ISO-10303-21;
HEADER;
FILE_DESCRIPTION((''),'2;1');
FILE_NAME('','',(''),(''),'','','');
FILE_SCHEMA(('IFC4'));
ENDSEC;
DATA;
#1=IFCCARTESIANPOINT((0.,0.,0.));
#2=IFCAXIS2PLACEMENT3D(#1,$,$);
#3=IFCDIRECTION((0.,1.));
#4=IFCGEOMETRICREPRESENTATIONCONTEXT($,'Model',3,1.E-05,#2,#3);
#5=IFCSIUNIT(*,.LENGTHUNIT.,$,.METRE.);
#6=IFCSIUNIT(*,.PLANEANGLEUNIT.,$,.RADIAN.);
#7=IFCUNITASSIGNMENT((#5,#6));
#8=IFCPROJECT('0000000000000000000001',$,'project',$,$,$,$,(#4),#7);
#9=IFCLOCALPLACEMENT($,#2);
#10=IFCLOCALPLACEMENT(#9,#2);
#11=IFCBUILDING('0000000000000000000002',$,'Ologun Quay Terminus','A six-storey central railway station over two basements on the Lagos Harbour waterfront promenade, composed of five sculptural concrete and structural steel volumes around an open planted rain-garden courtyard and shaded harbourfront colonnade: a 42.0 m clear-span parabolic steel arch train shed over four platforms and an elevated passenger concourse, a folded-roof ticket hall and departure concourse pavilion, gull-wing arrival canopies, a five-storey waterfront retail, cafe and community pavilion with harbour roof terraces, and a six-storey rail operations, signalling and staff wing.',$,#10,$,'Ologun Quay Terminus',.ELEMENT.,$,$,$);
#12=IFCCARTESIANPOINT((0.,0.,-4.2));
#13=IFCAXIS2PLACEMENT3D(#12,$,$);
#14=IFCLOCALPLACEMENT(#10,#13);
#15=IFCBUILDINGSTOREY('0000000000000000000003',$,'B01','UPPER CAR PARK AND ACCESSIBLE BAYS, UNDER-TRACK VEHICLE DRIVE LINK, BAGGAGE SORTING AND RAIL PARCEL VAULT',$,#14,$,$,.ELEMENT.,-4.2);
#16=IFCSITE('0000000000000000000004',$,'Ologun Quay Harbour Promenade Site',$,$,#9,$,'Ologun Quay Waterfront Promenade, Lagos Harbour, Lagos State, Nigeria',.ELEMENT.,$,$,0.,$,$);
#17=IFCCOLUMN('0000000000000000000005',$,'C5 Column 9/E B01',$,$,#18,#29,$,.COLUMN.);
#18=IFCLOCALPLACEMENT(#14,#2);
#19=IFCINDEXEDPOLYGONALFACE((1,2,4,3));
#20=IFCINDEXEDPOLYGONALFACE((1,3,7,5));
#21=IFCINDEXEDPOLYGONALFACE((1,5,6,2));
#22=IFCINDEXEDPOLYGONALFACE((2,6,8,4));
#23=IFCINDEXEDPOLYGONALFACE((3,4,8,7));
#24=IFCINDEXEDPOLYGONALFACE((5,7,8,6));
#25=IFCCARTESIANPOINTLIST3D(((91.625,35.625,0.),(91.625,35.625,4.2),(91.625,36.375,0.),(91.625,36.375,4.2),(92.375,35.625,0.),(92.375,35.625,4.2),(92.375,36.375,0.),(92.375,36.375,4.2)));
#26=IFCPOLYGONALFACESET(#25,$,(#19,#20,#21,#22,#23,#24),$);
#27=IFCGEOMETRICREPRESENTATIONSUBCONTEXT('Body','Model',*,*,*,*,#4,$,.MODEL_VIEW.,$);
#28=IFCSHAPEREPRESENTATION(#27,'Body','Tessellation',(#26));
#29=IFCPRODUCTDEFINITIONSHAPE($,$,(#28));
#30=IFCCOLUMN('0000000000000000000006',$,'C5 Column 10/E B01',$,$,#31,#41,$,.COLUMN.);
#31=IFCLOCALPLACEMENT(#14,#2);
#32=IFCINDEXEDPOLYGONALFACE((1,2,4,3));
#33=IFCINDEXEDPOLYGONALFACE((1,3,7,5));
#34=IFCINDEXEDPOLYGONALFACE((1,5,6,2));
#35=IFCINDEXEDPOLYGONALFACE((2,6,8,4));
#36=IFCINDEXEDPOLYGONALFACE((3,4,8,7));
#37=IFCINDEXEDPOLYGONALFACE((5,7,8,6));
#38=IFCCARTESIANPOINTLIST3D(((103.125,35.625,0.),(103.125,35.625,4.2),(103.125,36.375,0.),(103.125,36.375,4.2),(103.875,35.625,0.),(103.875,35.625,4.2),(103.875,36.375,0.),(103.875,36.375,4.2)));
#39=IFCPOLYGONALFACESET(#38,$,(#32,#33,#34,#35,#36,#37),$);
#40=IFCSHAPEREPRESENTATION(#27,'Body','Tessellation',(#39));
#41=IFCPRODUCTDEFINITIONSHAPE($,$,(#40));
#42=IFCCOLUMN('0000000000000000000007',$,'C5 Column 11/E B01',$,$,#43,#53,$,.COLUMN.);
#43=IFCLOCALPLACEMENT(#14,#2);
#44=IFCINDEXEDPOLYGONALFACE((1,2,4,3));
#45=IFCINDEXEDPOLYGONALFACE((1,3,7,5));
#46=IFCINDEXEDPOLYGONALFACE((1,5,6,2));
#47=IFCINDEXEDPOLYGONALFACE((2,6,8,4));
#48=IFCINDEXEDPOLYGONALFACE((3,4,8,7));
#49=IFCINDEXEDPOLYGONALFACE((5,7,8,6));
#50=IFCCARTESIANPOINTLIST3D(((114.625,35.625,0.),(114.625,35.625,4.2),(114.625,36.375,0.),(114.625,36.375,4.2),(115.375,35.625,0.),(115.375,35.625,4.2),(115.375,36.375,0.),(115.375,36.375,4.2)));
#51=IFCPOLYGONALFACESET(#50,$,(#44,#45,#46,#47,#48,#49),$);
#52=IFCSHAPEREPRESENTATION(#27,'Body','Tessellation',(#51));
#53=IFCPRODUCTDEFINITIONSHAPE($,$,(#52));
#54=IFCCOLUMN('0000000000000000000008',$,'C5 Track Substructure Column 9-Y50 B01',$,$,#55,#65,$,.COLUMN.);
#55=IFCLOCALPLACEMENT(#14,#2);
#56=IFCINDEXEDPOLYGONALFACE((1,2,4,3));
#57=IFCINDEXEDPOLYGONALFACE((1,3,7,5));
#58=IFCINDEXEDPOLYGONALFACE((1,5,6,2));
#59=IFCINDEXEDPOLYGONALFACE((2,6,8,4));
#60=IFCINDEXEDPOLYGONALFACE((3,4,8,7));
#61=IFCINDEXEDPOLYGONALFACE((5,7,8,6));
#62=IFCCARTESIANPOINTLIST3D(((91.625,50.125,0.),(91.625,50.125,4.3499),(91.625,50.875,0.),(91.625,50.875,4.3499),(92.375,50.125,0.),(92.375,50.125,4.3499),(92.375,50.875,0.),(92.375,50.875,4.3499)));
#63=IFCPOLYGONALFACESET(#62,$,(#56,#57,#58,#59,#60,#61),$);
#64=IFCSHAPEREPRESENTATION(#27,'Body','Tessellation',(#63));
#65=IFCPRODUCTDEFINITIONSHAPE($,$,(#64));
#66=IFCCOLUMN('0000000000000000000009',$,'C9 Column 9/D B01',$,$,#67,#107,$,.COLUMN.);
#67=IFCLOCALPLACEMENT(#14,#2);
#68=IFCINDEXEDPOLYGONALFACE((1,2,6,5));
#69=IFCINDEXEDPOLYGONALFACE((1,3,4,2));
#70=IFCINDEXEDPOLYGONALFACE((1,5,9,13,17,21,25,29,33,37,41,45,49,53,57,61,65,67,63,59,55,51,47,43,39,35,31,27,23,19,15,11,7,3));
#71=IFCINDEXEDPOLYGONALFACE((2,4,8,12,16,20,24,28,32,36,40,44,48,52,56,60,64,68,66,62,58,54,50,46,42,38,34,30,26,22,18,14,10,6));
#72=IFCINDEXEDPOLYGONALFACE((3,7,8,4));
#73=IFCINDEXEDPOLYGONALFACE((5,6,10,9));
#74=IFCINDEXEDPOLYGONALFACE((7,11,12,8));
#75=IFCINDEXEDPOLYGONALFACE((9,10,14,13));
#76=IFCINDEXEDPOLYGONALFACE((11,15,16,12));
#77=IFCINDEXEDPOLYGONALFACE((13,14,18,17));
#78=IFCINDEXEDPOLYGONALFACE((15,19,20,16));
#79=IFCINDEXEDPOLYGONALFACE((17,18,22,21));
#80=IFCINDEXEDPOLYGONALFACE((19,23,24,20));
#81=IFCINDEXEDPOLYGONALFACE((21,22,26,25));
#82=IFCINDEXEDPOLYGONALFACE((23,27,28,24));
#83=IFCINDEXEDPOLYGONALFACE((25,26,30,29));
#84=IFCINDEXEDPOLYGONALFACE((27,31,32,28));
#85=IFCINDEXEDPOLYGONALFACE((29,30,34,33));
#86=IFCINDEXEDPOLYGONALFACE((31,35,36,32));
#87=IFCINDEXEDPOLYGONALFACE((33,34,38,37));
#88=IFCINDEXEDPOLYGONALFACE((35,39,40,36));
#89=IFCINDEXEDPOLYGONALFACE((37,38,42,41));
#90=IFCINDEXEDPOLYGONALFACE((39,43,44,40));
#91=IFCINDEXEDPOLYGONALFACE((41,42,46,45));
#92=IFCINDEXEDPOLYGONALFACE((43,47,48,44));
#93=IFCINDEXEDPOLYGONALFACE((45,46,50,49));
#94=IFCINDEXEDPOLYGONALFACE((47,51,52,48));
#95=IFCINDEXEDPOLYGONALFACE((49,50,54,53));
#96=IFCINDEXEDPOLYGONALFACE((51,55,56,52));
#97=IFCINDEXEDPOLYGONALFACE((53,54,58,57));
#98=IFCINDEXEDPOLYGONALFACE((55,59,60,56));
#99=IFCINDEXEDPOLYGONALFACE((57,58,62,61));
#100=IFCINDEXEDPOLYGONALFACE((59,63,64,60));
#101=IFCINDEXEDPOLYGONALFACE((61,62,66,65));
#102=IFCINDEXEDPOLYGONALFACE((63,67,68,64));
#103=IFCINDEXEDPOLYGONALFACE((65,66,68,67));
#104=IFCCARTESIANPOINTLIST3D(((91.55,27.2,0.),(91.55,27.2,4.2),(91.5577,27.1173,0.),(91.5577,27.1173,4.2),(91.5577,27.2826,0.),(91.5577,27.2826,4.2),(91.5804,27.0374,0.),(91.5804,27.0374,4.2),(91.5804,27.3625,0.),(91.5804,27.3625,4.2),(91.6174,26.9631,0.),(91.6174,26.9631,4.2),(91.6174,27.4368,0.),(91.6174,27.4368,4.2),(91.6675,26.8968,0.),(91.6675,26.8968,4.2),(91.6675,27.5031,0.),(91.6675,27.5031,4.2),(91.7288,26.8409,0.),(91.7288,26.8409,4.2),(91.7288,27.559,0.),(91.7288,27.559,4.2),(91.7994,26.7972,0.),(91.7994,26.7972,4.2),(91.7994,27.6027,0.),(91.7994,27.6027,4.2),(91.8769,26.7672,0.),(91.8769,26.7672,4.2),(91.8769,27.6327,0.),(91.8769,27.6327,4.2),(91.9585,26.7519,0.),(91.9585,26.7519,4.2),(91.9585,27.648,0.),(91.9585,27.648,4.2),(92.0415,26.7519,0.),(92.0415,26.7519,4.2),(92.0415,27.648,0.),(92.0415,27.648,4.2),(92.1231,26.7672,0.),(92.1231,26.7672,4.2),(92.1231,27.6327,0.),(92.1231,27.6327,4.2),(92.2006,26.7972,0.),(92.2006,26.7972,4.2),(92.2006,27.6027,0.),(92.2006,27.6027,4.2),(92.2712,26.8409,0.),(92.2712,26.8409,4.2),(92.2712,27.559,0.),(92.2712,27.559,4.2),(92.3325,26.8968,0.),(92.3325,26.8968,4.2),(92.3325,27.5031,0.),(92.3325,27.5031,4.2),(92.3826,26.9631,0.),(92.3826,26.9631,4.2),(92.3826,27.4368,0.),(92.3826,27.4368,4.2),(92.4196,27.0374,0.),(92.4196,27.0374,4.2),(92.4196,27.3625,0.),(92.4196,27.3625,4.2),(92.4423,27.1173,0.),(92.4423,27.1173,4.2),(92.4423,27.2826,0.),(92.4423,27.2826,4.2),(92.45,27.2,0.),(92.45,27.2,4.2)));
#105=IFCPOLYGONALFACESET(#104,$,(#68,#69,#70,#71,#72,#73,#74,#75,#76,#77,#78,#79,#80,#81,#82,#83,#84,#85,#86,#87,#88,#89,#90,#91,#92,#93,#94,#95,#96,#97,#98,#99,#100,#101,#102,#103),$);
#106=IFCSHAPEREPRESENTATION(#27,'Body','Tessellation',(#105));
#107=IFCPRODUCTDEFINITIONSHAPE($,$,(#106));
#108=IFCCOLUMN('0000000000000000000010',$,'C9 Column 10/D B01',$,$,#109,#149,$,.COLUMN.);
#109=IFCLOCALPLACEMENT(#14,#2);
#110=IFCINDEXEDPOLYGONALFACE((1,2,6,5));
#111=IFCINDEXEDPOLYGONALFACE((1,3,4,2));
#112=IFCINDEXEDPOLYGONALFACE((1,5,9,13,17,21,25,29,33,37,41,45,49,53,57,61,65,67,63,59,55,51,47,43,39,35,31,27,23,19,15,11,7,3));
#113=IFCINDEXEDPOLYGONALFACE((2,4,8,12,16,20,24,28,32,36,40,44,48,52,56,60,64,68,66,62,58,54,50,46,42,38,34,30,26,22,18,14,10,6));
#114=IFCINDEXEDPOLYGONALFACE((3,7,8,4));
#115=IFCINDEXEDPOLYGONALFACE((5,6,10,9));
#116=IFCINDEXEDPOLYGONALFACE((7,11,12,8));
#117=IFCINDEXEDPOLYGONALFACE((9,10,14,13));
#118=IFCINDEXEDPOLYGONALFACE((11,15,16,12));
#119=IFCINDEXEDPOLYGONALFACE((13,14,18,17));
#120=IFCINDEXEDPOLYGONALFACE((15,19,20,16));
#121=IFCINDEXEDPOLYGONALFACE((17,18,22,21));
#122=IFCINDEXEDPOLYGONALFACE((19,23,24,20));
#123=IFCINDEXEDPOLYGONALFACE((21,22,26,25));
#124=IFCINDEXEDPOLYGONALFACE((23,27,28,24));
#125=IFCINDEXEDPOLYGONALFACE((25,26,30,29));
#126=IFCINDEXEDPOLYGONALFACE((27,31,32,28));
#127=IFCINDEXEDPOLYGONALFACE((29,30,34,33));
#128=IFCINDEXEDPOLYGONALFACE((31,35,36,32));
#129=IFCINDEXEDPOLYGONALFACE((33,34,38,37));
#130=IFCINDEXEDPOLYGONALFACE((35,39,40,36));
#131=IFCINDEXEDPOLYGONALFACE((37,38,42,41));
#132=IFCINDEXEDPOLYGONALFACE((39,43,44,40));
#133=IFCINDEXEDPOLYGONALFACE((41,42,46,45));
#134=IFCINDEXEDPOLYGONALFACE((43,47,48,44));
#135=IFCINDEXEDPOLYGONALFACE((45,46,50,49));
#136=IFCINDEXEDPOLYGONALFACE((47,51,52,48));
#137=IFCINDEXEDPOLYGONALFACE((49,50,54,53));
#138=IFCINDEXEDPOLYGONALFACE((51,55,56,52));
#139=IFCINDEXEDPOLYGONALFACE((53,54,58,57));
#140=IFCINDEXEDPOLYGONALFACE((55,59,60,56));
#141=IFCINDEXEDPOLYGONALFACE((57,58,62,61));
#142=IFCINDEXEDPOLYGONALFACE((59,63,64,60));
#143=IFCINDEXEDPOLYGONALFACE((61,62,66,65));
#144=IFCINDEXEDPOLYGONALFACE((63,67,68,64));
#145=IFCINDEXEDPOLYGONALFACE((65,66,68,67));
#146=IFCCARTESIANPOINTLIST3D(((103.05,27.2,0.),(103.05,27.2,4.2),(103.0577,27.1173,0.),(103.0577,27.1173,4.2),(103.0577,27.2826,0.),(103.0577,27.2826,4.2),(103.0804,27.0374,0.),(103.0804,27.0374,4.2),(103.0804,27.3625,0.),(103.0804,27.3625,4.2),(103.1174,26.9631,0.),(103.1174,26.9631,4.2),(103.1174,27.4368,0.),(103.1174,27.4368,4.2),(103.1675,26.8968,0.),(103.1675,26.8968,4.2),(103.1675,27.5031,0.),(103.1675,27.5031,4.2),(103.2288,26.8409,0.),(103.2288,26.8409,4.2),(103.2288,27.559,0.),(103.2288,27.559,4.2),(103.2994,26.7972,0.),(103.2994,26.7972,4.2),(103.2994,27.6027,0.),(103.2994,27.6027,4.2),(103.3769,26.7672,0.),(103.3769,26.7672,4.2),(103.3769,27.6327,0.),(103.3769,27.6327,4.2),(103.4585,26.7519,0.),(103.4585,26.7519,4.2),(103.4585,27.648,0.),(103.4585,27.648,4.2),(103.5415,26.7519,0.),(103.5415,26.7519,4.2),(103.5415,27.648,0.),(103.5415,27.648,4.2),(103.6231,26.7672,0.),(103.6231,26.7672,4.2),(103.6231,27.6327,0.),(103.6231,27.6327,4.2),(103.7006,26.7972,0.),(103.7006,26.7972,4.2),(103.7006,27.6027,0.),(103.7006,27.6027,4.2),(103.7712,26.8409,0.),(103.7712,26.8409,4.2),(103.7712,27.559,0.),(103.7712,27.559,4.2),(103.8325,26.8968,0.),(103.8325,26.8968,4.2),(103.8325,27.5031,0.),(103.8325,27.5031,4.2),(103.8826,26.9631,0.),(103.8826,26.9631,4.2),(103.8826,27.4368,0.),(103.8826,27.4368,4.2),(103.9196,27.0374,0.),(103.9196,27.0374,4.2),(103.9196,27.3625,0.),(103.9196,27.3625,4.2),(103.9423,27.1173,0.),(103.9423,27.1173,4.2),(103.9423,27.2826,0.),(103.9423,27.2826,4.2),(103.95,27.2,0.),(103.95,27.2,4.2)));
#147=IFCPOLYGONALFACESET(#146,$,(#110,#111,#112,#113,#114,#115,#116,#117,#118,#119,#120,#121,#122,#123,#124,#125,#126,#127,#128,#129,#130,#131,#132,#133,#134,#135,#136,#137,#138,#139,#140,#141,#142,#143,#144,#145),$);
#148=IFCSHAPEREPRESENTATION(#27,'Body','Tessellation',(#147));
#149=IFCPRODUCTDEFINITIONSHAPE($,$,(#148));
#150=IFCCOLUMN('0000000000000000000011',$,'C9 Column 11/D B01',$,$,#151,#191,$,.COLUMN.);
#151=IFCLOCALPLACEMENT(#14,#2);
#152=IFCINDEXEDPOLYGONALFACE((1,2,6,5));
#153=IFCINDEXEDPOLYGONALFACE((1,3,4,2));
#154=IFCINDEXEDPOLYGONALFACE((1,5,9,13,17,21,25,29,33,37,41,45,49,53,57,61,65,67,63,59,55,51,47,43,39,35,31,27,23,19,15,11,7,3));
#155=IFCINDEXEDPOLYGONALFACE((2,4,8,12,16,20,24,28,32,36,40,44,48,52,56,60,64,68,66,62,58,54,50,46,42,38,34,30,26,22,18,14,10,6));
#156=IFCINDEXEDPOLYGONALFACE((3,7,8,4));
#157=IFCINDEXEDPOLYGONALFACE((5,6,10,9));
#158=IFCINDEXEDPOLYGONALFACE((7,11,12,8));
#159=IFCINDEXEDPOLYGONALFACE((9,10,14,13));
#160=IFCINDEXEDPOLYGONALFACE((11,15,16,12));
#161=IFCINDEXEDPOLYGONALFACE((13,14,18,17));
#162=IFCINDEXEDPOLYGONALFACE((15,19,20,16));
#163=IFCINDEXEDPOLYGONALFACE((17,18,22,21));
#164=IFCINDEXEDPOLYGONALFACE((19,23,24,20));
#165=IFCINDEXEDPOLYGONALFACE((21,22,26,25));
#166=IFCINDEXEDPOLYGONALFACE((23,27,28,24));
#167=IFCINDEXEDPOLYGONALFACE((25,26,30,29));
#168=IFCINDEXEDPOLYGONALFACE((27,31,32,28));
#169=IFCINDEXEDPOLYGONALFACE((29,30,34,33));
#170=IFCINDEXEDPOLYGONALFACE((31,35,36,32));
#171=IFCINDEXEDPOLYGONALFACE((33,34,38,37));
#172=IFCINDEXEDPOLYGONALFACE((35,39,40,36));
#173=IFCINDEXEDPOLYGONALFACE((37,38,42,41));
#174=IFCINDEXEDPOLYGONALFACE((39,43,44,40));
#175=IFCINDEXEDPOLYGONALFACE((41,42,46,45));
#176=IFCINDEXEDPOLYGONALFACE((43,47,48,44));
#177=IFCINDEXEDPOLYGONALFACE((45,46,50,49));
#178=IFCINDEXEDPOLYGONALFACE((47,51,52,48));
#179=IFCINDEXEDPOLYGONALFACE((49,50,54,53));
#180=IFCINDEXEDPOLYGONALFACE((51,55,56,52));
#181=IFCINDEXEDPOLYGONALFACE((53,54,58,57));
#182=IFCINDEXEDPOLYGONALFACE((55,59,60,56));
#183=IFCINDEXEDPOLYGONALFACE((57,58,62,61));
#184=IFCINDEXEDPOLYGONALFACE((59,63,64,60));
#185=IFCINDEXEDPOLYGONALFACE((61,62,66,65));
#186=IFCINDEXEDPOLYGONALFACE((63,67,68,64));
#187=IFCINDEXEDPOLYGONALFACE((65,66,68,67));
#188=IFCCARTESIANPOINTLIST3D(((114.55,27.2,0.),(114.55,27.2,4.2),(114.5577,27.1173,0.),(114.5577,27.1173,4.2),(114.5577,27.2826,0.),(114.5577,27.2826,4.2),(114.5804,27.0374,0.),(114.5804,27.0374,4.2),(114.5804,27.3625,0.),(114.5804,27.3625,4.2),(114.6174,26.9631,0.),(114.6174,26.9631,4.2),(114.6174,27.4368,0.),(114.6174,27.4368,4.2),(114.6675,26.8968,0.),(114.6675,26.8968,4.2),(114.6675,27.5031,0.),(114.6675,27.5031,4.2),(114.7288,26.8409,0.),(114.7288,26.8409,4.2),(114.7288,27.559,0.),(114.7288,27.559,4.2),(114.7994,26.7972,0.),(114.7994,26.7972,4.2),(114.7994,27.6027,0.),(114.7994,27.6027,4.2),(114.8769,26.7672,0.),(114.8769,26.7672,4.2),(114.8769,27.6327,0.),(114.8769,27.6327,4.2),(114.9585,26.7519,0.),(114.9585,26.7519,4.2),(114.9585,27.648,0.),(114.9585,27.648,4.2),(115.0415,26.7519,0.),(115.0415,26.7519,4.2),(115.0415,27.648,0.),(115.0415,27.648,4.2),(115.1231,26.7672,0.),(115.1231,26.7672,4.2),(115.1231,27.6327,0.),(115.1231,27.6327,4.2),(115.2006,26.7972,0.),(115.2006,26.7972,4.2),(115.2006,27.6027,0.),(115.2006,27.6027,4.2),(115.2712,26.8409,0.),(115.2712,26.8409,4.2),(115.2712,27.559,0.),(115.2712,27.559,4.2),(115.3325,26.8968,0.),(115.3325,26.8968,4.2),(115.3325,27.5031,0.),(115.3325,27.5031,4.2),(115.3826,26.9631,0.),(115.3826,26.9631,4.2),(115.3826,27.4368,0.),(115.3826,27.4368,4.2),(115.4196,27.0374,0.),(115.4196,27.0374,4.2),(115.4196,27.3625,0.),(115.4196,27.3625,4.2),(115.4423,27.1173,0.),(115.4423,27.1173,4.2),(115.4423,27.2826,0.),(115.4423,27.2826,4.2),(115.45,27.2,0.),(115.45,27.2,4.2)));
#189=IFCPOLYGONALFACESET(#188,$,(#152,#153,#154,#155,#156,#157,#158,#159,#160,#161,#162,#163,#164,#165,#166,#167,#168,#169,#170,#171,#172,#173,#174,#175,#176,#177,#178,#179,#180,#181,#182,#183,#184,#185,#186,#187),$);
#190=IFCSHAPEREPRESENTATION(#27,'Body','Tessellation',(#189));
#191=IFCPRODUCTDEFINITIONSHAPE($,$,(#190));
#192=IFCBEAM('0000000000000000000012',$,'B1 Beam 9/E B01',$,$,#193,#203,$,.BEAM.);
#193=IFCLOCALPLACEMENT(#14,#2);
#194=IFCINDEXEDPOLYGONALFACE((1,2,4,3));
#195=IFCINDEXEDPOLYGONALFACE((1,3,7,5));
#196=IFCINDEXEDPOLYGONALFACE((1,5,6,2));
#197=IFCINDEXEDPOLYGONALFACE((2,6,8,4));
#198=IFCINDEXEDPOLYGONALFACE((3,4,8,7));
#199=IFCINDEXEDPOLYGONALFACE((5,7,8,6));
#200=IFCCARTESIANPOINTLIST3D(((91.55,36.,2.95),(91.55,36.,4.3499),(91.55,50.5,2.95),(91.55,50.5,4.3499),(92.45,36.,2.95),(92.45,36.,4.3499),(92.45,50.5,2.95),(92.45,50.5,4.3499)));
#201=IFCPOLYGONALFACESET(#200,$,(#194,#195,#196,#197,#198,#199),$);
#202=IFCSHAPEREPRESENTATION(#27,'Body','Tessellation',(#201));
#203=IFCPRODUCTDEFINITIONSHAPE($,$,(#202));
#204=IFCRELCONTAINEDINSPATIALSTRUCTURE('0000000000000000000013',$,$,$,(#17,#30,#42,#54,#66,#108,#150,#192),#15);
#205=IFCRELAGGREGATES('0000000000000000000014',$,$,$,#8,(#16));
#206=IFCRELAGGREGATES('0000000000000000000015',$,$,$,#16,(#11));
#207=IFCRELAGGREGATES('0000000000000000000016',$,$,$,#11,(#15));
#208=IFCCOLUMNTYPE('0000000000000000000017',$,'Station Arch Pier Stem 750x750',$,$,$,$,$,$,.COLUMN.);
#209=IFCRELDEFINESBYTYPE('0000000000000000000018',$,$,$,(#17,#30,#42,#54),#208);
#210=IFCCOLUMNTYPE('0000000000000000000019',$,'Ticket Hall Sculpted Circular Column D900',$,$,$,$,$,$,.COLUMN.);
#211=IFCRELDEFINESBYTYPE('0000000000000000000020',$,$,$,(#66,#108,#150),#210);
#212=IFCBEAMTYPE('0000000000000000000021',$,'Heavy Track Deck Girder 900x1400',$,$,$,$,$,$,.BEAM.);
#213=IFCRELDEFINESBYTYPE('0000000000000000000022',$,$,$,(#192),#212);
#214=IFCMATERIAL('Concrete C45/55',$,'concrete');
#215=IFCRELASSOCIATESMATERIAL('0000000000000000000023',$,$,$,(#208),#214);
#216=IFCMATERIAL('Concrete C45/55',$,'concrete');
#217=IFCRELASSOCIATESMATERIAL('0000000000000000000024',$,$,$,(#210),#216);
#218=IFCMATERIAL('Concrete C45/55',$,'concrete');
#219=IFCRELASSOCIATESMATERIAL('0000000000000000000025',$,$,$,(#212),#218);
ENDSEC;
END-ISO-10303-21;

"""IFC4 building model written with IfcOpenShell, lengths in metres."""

from ifc_helpers import new_model, si_unit, direction, frame, origin, origin_2d, place, context, subcontext, project, spatial, rectangle, circle, extrude, material, material_profile, profile_set, type_object, element, save


model = new_model("IFC4")

# Units and contexts
model_context = context("Model", 3, precision=1e-05, world=origin(), true_north=direction((0.0, 1.0)))
body_context = subcontext(model_context, "Body", "Model", "MODEL_VIEW")
ifc_project = project(units=[si_unit("LENGTHUNIT", "METRE"), si_unit("PLANEANGLEUNIT", "RADIAN")], contexts=[model_context])

# Site, building, storey
site_placement = place(None, origin())
site = spatial("IfcSite", under=ifc_project, at=site_placement, Name="Ologun Quay Harbour Promenade Site", LongName="Ologun Quay Waterfront Promenade, Lagos Harbour, Lagos State, Nigeria", CompositionType="ELEMENT", RefElevation=0.0)
building_placement = place(site_placement, origin())
building = spatial("IfcBuilding", under=site, at=building_placement, Name="Ologun Quay Terminus", Description="A six-storey central railway station over two basements on the Lagos Harbour waterfront promenade, composed of five sculptural concrete and structural steel volumes around an open planted rain-garden courtyard and shaded harbourfront colonnade: a 42.0 m clear-span parabolic steel arch train shed over four platforms and an elevated passenger concourse, a folded-roof ticket hall and departure concourse pavilion, gull-wing arrival canopies, a five-storey waterfront retail, cafe and community pavilion with harbour roof terraces, and a six-storey rail operations, signalling and staff wing.", LongName="Ologun Quay Terminus", CompositionType="ELEMENT")
storey_placement = place(building_placement, frame((0.0, 0.0, -4.2)))
storey = spatial("IfcBuildingStorey", under=building, at=storey_placement, Name="B01", Description="UPPER CAR PARK AND ACCESSIBLE BAYS, UNDER-TRACK VEHICLE DRIVE LINK, BAGGAGE SORTING AND RAIL PARCEL VAULT", CompositionType="ELEMENT", Elevation=-4.2)

# Columns
ifc_material_1 = material(Name="Concrete C45/55", Category="concrete")
ifc_material_profile_1 = material_profile(ifc_material_1, rectangle(XDim=0.75, YDim=0.75, at=origin_2d()), Name="RC 750x750")
ifc_profile_set_1 = profile_set([ifc_material_profile_1], Name="Concrete C45/55")
column_type_1 = type_object("IfcColumnType", Name="Station Arch Pier Stem 750x750", PredefinedType="COLUMN", material=ifc_profile_set_1)
for number, where, z_axis, x_axis, name in (
    (1, (92.0, 36.0, 0.0), (0.0, 0.0, 1.0), (1.0, 0.0, 0.0), "C5 Column 9/E B01"),
    (2, (103.5, 36.0, 0.0), (0.0, 0.0, 1.0), (1.0, 0.0, 0.0), "C5 Column 10/E B01"),
    (3, (115.0, 36.0, 0.0), (0.0, 0.0, 1.0), (1.0, 0.0, 0.0), "C5 Column 11/E B01"),
):
    element("IfcColumn", number, at=place(storey_placement, frame(where, z_axis=z_axis, x_axis=x_axis)), inside=storey, type_object=column_type_1, Name=name, PredefinedType="COLUMN", context=body_context, shape_type="SweptSolid", body=[
        extrude(rectangle(XDim=0.75, YDim=0.75, at=origin_2d()), origin(), (0.0, 0.0, 1.0), 4.2),
    ])
column_placement = place(storey_placement, frame((92.0, 50.5, 0.0), z_axis=(0.0, 0.0, 1.0), x_axis=(1.0, 0.0, 0.0)))
element("IfcColumn", 4, at=column_placement, inside=storey, type_object=column_type_1, Name="C5 Track Substructure Column 9-Y50 B01", PredefinedType="COLUMN", context=body_context, shape_type="SweptSolid", body=[
    extrude(rectangle(XDim=0.75, YDim=0.75, at=origin_2d()), origin(), (0.0, 0.0, 1.0), 4.3499),
])
ifc_material_2 = material(Name="Concrete C45/55", Category="concrete")
ifc_material_profile_2 = material_profile(ifc_material_2, circle(Radius=0.45, at=origin_2d()), Name="RC D900")
ifc_profile_set_2 = profile_set([ifc_material_profile_2], Name="Concrete C45/55")
column_type_2 = type_object("IfcColumnType", Name="Ticket Hall Sculpted Circular Column D900", PredefinedType="COLUMN", material=ifc_profile_set_2)
for number, where, z_axis, x_axis, name in (
    (5, (92.0, 27.2, 0.0), (0.0, 0.0, 1.0), (1.0, 0.0, 0.0), "C9 Column 9/D B01"),
    (6, (103.5, 27.2, 0.0), (0.0, 0.0, 1.0), (1.0, 0.0, 0.0), "C9 Column 10/D B01"),
    (7, (115.0, 27.2, 0.0), (0.0, 0.0, 1.0), (1.0, 0.0, 0.0), "C9 Column 11/D B01"),
):
    element("IfcColumn", number, at=place(storey_placement, frame(where, z_axis=z_axis, x_axis=x_axis)), inside=storey, type_object=column_type_2, Name=name, PredefinedType="COLUMN", context=body_context, shape_type="SweptSolid", body=[
        extrude(circle(Radius=0.45, at=origin_2d()), origin(), (0.0, 0.0, 1.0), 4.2),
    ])

# Beam
ifc_material_3 = material(Name="Concrete C45/55", Category="concrete")
ifc_material_profile_3 = material_profile(ifc_material_3, rectangle(XDim=0.8999, YDim=1.3999, at=origin_2d()), Name="RC 900x1400")
ifc_profile_set_3 = profile_set([ifc_material_profile_3], Name="Concrete C45/55")
beam_type_1 = type_object("IfcBeamType", Name="Heavy Track Deck Girder 900x1400", PredefinedType="BEAM", material=ifc_profile_set_3)
for number, where, z_axis, x_axis, name in (
    (8, (92.0, 36.0, 3.6499), (0.0, 1.0, 0.0), (-1.0, 0.0, 0.0), "B1 Beam 9/E B01"),
):
    element("IfcBeam", number, at=place(storey_placement, frame(where, z_axis=z_axis, x_axis=x_axis)), inside=storey, type_object=beam_type_1, Name=name, PredefinedType="BEAM", context=body_context, shape_type="SweptSolid", body=[
        extrude(rectangle(XDim=0.8999, YDim=1.3999, at=origin_2d()), origin(), (0.0, 0.0, 1.0), 14.5),
    ])

save(model, "model.ifc")
